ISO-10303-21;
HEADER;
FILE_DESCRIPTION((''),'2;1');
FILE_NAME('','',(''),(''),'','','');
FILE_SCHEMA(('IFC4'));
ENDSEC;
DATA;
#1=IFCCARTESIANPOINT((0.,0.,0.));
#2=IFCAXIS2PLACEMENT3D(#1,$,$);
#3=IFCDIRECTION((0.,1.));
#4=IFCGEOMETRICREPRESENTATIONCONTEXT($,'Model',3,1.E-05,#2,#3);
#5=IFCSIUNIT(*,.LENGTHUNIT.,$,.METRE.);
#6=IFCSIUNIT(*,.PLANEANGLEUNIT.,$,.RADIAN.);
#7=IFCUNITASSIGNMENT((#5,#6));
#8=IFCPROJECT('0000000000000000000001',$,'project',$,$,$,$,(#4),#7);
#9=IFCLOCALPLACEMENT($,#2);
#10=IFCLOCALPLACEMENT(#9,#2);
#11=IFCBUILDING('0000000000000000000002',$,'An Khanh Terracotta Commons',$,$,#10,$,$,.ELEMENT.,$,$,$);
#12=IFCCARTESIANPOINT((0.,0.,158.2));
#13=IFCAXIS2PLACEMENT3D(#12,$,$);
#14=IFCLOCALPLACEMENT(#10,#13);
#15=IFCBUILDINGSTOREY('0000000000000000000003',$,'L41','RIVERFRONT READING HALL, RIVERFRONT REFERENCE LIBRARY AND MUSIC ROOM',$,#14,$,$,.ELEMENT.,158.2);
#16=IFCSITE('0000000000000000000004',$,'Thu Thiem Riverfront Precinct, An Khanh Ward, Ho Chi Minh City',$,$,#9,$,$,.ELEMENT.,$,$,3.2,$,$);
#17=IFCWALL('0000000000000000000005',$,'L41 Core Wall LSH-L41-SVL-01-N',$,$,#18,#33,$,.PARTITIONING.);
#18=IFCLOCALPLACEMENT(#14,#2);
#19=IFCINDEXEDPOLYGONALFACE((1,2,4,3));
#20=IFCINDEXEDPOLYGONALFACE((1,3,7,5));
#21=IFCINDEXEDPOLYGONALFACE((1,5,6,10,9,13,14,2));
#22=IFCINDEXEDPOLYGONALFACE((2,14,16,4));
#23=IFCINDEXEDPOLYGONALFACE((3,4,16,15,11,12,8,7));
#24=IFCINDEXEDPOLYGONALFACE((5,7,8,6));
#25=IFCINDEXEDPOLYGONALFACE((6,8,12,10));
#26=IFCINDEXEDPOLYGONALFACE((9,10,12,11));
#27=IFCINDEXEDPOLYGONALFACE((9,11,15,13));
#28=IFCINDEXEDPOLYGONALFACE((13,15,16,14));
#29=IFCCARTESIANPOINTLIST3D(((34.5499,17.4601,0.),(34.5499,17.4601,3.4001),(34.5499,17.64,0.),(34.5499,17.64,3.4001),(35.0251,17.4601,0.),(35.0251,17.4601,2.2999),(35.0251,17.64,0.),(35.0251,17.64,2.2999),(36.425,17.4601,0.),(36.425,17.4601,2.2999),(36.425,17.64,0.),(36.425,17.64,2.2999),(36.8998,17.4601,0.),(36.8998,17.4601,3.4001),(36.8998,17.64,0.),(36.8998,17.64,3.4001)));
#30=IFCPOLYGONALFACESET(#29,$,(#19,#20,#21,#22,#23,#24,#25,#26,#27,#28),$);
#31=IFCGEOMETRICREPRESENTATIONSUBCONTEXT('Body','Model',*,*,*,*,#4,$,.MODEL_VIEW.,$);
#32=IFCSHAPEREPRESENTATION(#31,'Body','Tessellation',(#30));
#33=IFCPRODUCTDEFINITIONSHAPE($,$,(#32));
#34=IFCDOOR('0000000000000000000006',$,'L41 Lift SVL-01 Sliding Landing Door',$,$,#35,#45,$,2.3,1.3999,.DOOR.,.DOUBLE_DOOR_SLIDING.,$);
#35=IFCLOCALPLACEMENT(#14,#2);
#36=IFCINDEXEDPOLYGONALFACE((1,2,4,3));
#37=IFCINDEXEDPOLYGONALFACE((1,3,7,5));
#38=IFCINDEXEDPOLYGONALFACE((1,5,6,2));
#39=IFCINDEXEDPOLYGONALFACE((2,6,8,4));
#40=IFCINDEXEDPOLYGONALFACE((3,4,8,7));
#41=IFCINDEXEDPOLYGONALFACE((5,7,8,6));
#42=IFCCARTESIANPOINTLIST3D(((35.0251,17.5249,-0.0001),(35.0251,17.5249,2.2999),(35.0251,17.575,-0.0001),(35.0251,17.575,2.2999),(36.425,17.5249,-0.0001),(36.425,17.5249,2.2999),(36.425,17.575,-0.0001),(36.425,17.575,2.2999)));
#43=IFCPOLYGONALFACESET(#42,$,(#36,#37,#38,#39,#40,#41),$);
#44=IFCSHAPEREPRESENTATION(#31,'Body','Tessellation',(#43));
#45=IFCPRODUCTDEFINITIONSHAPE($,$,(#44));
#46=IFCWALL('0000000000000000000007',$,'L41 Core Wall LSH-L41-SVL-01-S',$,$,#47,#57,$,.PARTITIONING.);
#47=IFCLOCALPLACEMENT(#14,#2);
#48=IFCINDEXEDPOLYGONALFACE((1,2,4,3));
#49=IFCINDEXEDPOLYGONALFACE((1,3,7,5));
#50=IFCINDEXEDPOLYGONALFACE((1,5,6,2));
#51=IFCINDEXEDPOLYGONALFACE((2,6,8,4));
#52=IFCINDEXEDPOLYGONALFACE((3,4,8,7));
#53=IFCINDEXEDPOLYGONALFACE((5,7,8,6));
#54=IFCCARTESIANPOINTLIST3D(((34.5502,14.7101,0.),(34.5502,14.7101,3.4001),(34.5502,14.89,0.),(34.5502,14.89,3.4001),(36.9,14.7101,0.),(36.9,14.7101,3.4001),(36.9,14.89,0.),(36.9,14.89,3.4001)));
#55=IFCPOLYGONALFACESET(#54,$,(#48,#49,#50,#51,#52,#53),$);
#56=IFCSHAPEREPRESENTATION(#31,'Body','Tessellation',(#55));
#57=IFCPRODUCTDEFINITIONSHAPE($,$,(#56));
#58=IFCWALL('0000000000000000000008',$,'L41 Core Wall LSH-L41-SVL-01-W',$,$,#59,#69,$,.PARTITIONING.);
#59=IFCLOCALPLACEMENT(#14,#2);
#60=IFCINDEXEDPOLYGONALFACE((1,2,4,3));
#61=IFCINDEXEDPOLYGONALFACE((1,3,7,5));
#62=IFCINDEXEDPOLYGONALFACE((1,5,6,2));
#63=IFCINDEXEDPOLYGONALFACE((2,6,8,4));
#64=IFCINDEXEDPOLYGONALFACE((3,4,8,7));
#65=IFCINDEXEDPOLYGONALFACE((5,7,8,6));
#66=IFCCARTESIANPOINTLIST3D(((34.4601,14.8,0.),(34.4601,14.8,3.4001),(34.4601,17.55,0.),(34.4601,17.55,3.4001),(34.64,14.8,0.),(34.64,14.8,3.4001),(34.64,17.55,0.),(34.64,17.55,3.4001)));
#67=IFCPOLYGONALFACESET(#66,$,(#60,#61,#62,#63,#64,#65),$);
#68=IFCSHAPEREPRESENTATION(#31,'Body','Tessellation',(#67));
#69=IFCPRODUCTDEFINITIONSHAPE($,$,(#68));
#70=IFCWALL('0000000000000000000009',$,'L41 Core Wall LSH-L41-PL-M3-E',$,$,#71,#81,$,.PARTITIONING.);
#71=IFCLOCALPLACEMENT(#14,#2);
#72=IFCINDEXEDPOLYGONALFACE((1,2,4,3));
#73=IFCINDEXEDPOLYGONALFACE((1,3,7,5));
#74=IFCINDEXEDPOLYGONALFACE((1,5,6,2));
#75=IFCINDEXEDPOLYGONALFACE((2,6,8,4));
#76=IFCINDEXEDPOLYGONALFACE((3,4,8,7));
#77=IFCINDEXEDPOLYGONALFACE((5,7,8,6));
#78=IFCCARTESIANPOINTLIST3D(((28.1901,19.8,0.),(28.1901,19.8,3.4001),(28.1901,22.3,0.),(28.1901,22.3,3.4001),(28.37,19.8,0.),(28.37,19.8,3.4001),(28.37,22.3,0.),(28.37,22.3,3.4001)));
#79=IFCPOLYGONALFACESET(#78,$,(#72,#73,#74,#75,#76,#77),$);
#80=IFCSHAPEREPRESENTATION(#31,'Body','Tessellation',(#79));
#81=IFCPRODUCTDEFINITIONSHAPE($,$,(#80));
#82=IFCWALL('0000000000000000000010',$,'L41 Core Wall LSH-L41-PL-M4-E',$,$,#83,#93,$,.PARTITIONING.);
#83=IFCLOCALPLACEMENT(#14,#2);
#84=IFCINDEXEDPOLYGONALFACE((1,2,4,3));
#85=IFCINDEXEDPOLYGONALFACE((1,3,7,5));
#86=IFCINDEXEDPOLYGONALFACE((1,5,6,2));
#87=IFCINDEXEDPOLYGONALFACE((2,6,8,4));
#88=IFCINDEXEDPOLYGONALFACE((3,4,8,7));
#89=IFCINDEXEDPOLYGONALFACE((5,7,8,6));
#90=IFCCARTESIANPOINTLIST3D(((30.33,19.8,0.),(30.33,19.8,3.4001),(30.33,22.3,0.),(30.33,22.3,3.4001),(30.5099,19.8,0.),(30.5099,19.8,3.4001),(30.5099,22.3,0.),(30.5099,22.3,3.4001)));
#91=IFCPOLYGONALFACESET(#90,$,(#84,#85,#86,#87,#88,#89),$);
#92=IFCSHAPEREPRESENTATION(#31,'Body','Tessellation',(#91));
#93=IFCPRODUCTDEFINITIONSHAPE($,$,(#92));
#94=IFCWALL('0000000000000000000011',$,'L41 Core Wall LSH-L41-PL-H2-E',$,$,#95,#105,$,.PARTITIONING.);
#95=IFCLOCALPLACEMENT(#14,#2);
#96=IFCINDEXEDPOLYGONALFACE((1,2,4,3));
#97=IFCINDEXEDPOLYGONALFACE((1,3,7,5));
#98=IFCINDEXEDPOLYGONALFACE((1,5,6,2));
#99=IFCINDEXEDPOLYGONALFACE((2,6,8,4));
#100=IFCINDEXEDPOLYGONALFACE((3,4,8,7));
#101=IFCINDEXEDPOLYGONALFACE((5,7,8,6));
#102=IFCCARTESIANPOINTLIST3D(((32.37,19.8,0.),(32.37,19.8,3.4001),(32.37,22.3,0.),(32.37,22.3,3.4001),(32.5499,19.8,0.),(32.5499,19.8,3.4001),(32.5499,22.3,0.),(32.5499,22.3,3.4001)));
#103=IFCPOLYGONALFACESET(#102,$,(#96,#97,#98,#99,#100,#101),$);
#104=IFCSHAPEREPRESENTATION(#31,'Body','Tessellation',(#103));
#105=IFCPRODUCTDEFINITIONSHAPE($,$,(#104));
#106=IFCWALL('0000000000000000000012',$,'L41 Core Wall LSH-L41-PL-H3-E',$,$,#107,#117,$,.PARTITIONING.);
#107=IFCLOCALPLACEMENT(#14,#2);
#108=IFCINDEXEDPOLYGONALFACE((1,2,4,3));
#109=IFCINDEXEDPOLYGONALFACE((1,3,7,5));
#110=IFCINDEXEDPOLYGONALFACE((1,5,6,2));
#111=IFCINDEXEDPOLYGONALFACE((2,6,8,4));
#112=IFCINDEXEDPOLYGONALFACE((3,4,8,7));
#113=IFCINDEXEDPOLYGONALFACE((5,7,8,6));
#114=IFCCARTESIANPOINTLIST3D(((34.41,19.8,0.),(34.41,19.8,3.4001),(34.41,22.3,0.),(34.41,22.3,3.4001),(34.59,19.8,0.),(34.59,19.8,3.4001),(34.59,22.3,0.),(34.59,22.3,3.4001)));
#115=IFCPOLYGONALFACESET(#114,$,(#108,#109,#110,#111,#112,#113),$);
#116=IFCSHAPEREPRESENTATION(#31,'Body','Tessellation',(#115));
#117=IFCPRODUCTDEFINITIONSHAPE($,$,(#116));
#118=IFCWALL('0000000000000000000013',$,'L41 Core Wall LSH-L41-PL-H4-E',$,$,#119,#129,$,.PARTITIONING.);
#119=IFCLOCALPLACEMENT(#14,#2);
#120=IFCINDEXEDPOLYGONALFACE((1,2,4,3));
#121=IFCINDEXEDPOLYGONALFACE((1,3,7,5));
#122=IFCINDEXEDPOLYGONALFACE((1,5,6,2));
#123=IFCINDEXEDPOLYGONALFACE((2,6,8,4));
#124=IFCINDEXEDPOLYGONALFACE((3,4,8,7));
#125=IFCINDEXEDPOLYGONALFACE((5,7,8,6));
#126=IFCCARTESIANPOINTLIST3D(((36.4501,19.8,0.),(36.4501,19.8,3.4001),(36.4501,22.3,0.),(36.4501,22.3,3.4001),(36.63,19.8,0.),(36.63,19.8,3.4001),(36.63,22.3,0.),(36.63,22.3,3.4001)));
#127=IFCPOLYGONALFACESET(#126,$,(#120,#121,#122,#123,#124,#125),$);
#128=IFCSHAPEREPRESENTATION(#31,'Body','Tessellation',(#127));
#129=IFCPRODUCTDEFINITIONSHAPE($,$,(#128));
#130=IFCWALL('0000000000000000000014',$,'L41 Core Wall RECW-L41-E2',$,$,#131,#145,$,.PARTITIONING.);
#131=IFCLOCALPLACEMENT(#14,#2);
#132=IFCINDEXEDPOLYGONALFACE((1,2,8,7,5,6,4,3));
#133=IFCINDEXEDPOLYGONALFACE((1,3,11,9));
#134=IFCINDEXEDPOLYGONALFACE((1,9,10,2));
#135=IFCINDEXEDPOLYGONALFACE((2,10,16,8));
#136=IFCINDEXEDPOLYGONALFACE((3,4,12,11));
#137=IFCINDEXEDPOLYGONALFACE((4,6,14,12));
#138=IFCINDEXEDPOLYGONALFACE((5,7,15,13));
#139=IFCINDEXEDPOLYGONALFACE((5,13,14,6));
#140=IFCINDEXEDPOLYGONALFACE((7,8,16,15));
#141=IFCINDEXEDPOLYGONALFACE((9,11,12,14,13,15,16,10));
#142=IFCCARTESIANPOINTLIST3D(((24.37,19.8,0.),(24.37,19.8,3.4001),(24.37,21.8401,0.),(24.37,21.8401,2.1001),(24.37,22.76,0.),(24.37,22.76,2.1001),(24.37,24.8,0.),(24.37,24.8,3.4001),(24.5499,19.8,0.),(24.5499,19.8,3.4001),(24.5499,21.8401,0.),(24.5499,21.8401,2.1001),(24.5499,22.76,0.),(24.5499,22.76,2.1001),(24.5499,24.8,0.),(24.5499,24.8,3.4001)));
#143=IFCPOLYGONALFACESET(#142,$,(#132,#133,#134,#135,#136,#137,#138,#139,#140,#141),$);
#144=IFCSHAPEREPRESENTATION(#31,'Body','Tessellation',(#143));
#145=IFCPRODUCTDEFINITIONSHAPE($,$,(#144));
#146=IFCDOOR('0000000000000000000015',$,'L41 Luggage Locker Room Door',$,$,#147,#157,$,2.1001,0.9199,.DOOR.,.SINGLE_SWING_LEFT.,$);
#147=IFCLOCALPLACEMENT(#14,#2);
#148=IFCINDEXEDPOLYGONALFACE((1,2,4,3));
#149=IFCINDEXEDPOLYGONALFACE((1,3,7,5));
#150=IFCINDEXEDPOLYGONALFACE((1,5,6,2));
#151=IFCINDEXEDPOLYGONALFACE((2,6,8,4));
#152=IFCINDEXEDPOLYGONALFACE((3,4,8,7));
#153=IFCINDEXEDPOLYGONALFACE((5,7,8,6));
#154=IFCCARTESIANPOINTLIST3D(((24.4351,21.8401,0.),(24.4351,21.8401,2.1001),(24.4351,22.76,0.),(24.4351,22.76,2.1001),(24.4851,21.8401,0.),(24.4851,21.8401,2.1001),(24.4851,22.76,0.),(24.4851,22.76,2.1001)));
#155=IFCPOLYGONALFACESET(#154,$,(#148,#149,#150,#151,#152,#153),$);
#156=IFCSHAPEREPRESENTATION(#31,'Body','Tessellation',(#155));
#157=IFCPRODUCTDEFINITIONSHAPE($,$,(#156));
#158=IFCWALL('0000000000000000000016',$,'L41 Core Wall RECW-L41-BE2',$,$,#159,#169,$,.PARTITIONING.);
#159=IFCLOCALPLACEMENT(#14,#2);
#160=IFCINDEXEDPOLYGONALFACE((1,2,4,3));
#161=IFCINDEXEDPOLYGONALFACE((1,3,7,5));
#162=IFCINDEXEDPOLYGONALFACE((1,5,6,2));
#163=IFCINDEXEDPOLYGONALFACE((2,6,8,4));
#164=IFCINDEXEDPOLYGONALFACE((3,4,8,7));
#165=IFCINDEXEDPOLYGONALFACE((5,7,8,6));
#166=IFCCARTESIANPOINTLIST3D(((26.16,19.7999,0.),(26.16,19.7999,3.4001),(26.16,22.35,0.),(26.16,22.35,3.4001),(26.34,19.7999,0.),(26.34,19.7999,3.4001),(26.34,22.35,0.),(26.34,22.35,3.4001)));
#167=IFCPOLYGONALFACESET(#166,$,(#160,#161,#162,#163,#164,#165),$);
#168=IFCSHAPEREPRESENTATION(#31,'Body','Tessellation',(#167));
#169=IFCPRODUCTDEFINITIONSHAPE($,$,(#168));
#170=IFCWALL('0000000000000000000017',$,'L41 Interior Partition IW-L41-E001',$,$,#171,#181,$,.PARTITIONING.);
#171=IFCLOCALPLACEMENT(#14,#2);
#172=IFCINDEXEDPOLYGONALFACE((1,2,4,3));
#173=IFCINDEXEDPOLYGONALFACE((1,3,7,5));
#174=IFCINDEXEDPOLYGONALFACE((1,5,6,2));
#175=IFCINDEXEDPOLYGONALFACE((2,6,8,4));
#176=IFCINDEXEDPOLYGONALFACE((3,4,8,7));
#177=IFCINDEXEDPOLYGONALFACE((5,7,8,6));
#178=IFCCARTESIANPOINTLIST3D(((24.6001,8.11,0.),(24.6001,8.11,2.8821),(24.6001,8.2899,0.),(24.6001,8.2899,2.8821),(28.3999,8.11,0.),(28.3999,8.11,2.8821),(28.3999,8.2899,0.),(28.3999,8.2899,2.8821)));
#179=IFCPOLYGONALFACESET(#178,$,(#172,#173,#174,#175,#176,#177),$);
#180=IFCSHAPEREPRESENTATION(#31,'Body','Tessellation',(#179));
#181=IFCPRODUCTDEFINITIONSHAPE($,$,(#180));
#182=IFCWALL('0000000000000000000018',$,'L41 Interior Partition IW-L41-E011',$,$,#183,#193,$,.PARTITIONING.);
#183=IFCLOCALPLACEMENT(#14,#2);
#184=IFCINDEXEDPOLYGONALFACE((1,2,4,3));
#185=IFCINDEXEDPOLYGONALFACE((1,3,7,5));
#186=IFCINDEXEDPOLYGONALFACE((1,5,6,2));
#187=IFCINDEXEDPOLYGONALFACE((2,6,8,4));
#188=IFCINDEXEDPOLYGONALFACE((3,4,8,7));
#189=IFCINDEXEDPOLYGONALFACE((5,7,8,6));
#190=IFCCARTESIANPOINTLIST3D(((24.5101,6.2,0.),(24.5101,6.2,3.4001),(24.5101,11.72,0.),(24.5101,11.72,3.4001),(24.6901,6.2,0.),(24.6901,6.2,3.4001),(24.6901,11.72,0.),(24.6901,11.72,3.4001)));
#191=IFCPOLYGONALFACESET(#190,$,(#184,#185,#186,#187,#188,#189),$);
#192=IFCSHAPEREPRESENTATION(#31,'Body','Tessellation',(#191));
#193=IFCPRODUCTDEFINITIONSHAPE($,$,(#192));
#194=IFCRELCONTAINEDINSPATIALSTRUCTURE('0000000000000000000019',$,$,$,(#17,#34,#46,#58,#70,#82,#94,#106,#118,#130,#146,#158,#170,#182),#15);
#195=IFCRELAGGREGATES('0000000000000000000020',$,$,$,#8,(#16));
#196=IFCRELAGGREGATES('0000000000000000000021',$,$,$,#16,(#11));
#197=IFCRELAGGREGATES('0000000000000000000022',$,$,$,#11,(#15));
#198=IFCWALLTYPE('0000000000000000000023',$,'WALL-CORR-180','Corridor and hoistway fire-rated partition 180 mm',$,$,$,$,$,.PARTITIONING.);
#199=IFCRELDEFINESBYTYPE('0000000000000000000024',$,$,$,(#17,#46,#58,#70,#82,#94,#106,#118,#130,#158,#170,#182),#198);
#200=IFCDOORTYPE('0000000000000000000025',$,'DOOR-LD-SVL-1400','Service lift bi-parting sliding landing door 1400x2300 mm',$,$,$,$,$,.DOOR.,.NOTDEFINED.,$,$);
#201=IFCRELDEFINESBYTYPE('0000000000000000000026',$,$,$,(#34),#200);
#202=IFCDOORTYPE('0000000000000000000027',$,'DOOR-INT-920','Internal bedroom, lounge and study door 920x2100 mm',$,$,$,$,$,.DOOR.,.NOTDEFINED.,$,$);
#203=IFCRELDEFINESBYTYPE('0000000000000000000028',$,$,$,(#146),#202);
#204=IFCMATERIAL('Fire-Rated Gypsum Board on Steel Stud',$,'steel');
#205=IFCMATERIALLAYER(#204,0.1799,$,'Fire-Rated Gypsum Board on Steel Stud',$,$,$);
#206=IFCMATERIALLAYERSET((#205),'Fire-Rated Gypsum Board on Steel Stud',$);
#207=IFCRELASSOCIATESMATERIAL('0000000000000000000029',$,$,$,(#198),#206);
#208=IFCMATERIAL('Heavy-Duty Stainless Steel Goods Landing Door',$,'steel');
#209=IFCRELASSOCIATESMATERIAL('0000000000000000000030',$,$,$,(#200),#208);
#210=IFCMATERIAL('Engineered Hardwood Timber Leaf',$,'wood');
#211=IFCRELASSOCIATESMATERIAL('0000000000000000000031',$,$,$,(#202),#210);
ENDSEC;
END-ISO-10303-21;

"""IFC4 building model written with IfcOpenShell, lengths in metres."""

from ifc_helpers import new_model, si_unit, direction, frame, frame_2d, origin, place, context, subcontext, project, spatial, rectangle, extrude, material, layer, layer_set, type_object, element, fill, save


model = new_model("IFC4")

# Units and contexts
model_context = context("Model", 3, precision=1e-05, world=origin(), true_north=direction((0.0, 1.0)))
body_context = subcontext(model_context, "Body", "Model", "MODEL_VIEW")
ifc_project = project(units=[si_unit("LENGTHUNIT", "METRE"), si_unit("PLANEANGLEUNIT", "RADIAN")], contexts=[model_context])

# Site, building, storey
site_placement = place(None, origin())
site = spatial("IfcSite", under=ifc_project, at=site_placement, Name="Thu Thiem Riverfront Precinct, An Khanh Ward, Ho Chi Minh City", CompositionType="ELEMENT", RefElevation=3.2)
building_placement = place(site_placement, origin())
building = spatial("IfcBuilding", under=site, at=building_placement, Name="An Khanh Terracotta Commons", CompositionType="ELEMENT")
storey_placement = place(building_placement, frame((0.0, 0.0, 158.2)))
storey = spatial("IfcBuildingStorey", under=building, at=storey_placement, Name="L41", Description="RIVERFRONT READING HALL, RIVERFRONT REFERENCE LIBRARY AND MUSIC ROOM", CompositionType="ELEMENT", Elevation=158.2)

# Shared definitions
ifc_material_1 = material(Name="Fire-Rated Gypsum Board on Steel Stud", Category="steel")
ifc_layer_1 = layer(ifc_material_1, 0.1799, Name="Fire-Rated Gypsum Board on Steel Stud")
ifc_layer_set_1 = layer_set([ifc_layer_1], Name="Fire-Rated Gypsum Board on Steel Stud")
wall_type_1 = type_object("IfcWallType", Name="WALL-CORR-180", Description="Corridor and hoistway fire-rated partition 180 mm", PredefinedType="PARTITIONING", material=ifc_layer_set_1)

# Wall, opening, door
wall_1_placement = place(storey_placement, frame((34.55, 17.55, 0.0), z_axis=(0.0, 0.0, 1.0), x_axis=(1.0, 0.0, 0.0)))
wall_1 = element("IfcWall", 1, at=wall_1_placement, inside=storey, type_object=wall_type_1, Name="L41 Core Wall LSH-L41-SVL-01-N", PredefinedType="PARTITIONING", context=body_context, shape_type="SweptSolid", body=[
    extrude(rectangle(XDim=2.3499, YDim=0.1799, at=frame_2d((1.1748, 0.0))), origin(), (0.0, 0.0, 1.0), 3.4001),
])
opening_1_placement = place(wall_1_placement, frame((0.4751, 0.0, 0.0)))
opening_1 = element("IfcOpeningElement", 2, at=opening_1_placement, cuts=wall_1, PredefinedType="OPENING", context=body_context, shape_type="SweptSolid", body=[
    extrude(rectangle(XDim=1.3999, YDim=2.3, at=frame_2d((0.7, 1.1499))), frame((0.0, 0.0999, 0.0), z_axis=(0.0, -1.0, 0.0), x_axis=(1.0, 0.0, 0.0)), (0.0, 0.0, 1.0), 0.2),
])
ifc_material_2 = material(Name="Heavy-Duty Stainless Steel Goods Landing Door", Category="steel")
door_type_1 = type_object("IfcDoorType", Name="DOOR-LD-SVL-1400", Description="Service lift bi-parting sliding landing door 1400x2300 mm", OperationType="NOTDEFINED", PredefinedType="DOOR", material=ifc_material_2)
door_1_placement = place(opening_1_placement, origin())
door_1 = element("IfcDoor", 3, at=door_1_placement, inside=storey, type_object=door_type_1, Name="L41 Lift SVL-01 Sliding Landing Door", OperationType="DOUBLE_DOOR_SLIDING", OverallHeight=2.3, OverallWidth=1.3999, PredefinedType="DOOR", context=body_context, shape_type="SweptSolid", body=[
    extrude(rectangle(XDim=1.3999, YDim=2.3, at=frame_2d((0.7, 1.1499))), frame((0.0, 0.0249, 0.0), z_axis=(0.0, -1.0, 0.0), x_axis=(1.0, 0.0, 0.0)), (0.0, 0.0, 1.0), 0.05),
])
fill(opening_1, door_1)

# Walls
wall_2_placement = place(storey_placement, frame((36.8999, 14.8, 0.0), z_axis=(0.0, 0.0, 1.0), x_axis=(-1.0, 0.0, 0.0)))
element("IfcWall", 4, at=wall_2_placement, inside=storey, type_object=wall_type_1, Name="L41 Core Wall LSH-L41-SVL-01-S", PredefinedType="PARTITIONING", context=body_context, shape_type="SweptSolid", body=[
    extrude(rectangle(XDim=2.3499, YDim=0.1799, at=frame_2d((1.1748, 0.0))), origin(), (0.0, 0.0, 1.0), 3.4001),
])
wall_3_placement = place(storey_placement, frame((34.55, 17.55, 0.0), z_axis=(0.0, 0.0, 1.0), x_axis=(0.0, -1.0, 0.0)))
element("IfcWall", 5, at=wall_3_placement, inside=storey, type_object=wall_type_1, Name="L41 Core Wall LSH-L41-SVL-01-W", PredefinedType="PARTITIONING", context=body_context, shape_type="SweptSolid", body=[
    extrude(rectangle(XDim=2.75, YDim=0.1799, at=frame_2d((1.375, 0.0))), origin(), (0.0, 0.0, 1.0), 3.4001),
])
for number, where, z_axis, x_axis, name in (
    (6, (28.28, 19.8, 0.0), (0.0, 0.0, 1.0), (0.0, 1.0, 0.0), "L41 Core Wall LSH-L41-PL-M3-E"),
    (7, (30.4199, 19.8, 0.0), (0.0, 0.0, 1.0), (0.0, 1.0, 0.0), "L41 Core Wall LSH-L41-PL-M4-E"),
    (8, (32.46, 19.8, 0.0), (0.0, 0.0, 1.0), (0.0, 1.0, 0.0), "L41 Core Wall LSH-L41-PL-H2-E"),
    (9, (34.5, 19.8, 0.0), (0.0, 0.0, 1.0), (0.0, 1.0, 0.0), "L41 Core Wall LSH-L41-PL-H3-E"),
    (10, (36.54, 19.8, 0.0), (0.0, 0.0, 1.0), (0.0, 1.0, 0.0), "L41 Core Wall LSH-L41-PL-H4-E"),
):
    element("IfcWall", number, at=place(storey_placement, frame(where, z_axis=z_axis, x_axis=x_axis)), inside=storey, type_object=wall_type_1, Name=name, PredefinedType="PARTITIONING", context=body_context, shape_type="SweptSolid", body=[
        extrude(rectangle(XDim=2.5, YDim=0.1799, at=frame_2d((1.25, 0.0))), origin(), (0.0, 0.0, 1.0), 3.4001),
    ])

# Wall, opening, door
wall_4_placement = place(storey_placement, frame((24.46, 19.8, 0.0), z_axis=(0.0, 0.0, 1.0), x_axis=(0.0, 1.0, 0.0)))
wall_4 = element("IfcWall", 11, at=wall_4_placement, inside=storey, type_object=wall_type_1, Name="L41 Core Wall RECW-L41-E2", PredefinedType="PARTITIONING", context=body_context, shape_type="SweptSolid", body=[
    extrude(rectangle(XDim=5.0, YDim=0.1799, at=frame_2d((2.5, 0.0))), origin(), (0.0, 0.0, 1.0), 3.4001),
])
opening_2_placement = place(wall_4_placement, frame((2.04, 0.0, 0.0)))
opening_2 = element("IfcOpeningElement", 12, at=opening_2_placement, cuts=wall_4, PredefinedType="OPENING", context=body_context, shape_type="SweptSolid", body=[
    extrude(rectangle(XDim=0.9199, YDim=2.1001, at=frame_2d((0.46, 1.05))), frame((0.0, 0.0999, 0.0), z_axis=(0.0, -1.0, 0.0), x_axis=(1.0, 0.0, 0.0)), (0.0, 0.0, 1.0), 0.2),
])
ifc_material_3 = material(Name="Engineered Hardwood Timber Leaf", Category="wood")
door_type_2 = type_object("IfcDoorType", Name="DOOR-INT-920", Description="Internal bedroom, lounge and study door 920x2100 mm", OperationType="NOTDEFINED", PredefinedType="DOOR", material=ifc_material_3)
door_2_placement = place(opening_2_placement, origin())
door_2 = element("IfcDoor", 13, at=door_2_placement, inside=storey, type_object=door_type_2, Name="L41 Luggage Locker Room Door", OperationType="SINGLE_SWING_LEFT", OverallHeight=2.1001, OverallWidth=0.9199, PredefinedType="DOOR", context=body_context, shape_type="SweptSolid", body=[
    extrude(rectangle(XDim=0.9199, YDim=2.1001, at=frame_2d((0.46, 1.05))), frame((0.0, 0.0249, 0.0), z_axis=(0.0, -1.0, 0.0), x_axis=(1.0, 0.0, 0.0)), (0.0, 0.0, 1.0), 0.05),
])
fill(opening_2, door_2)

# Walls
wall_5_placement = place(storey_placement, frame((26.25, 19.8, 0.0), z_axis=(0.0, 0.0, 1.0), x_axis=(0.0, 1.0, 0.0)))
element("IfcWall", 14, at=wall_5_placement, inside=storey, type_object=wall_type_1, Name="L41 Core Wall RECW-L41-BE2", PredefinedType="PARTITIONING", context=body_context, shape_type="SweptSolid", body=[
    extrude(rectangle(XDim=2.55, YDim=0.1799, at=frame_2d((1.2749, 0.0))), origin(), (0.0, 0.0, 1.0), 3.4001),
])
wall_6_placement = place(storey_placement, frame((24.6001, 8.2, 0.0), z_axis=(0.0, 0.0, 1.0), x_axis=(1.0, 0.0, 0.0)))
element("IfcWall", 15, at=wall_6_placement, inside=storey, type_object=wall_type_1, Name="L41 Interior Partition IW-L41-E001", PredefinedType="PARTITIONING", context=body_context, shape_type="SweptSolid", body=[
    extrude(rectangle(XDim=3.7998, YDim=0.1799, at=frame_2d((1.8999, 0.0))), origin(), (0.0, 0.0, 1.0), 2.8821),
])
for number, where, z_axis, x_axis, name in (
    (16, (24.6001, 6.2, 0.0), (0.0, 0.0, 1.0), (0.0, 1.0, 0.0), "L41 Interior Partition IW-L41-E011"),
):
    element("IfcWall", number, at=place(storey_placement, frame(where, z_axis=z_axis, x_axis=x_axis)), inside=storey, type_object=wall_type_1, Name=name, PredefinedType="PARTITIONING", context=body_context, shape_type="SweptSolid", body=[
        extrude(rectangle(XDim=5.52, YDim=0.1799, at=frame_2d((2.76, 0.0))), origin(), (0.0, 0.0, 1.0), 3.4001),
    ])

save(model, "model.ifc")
